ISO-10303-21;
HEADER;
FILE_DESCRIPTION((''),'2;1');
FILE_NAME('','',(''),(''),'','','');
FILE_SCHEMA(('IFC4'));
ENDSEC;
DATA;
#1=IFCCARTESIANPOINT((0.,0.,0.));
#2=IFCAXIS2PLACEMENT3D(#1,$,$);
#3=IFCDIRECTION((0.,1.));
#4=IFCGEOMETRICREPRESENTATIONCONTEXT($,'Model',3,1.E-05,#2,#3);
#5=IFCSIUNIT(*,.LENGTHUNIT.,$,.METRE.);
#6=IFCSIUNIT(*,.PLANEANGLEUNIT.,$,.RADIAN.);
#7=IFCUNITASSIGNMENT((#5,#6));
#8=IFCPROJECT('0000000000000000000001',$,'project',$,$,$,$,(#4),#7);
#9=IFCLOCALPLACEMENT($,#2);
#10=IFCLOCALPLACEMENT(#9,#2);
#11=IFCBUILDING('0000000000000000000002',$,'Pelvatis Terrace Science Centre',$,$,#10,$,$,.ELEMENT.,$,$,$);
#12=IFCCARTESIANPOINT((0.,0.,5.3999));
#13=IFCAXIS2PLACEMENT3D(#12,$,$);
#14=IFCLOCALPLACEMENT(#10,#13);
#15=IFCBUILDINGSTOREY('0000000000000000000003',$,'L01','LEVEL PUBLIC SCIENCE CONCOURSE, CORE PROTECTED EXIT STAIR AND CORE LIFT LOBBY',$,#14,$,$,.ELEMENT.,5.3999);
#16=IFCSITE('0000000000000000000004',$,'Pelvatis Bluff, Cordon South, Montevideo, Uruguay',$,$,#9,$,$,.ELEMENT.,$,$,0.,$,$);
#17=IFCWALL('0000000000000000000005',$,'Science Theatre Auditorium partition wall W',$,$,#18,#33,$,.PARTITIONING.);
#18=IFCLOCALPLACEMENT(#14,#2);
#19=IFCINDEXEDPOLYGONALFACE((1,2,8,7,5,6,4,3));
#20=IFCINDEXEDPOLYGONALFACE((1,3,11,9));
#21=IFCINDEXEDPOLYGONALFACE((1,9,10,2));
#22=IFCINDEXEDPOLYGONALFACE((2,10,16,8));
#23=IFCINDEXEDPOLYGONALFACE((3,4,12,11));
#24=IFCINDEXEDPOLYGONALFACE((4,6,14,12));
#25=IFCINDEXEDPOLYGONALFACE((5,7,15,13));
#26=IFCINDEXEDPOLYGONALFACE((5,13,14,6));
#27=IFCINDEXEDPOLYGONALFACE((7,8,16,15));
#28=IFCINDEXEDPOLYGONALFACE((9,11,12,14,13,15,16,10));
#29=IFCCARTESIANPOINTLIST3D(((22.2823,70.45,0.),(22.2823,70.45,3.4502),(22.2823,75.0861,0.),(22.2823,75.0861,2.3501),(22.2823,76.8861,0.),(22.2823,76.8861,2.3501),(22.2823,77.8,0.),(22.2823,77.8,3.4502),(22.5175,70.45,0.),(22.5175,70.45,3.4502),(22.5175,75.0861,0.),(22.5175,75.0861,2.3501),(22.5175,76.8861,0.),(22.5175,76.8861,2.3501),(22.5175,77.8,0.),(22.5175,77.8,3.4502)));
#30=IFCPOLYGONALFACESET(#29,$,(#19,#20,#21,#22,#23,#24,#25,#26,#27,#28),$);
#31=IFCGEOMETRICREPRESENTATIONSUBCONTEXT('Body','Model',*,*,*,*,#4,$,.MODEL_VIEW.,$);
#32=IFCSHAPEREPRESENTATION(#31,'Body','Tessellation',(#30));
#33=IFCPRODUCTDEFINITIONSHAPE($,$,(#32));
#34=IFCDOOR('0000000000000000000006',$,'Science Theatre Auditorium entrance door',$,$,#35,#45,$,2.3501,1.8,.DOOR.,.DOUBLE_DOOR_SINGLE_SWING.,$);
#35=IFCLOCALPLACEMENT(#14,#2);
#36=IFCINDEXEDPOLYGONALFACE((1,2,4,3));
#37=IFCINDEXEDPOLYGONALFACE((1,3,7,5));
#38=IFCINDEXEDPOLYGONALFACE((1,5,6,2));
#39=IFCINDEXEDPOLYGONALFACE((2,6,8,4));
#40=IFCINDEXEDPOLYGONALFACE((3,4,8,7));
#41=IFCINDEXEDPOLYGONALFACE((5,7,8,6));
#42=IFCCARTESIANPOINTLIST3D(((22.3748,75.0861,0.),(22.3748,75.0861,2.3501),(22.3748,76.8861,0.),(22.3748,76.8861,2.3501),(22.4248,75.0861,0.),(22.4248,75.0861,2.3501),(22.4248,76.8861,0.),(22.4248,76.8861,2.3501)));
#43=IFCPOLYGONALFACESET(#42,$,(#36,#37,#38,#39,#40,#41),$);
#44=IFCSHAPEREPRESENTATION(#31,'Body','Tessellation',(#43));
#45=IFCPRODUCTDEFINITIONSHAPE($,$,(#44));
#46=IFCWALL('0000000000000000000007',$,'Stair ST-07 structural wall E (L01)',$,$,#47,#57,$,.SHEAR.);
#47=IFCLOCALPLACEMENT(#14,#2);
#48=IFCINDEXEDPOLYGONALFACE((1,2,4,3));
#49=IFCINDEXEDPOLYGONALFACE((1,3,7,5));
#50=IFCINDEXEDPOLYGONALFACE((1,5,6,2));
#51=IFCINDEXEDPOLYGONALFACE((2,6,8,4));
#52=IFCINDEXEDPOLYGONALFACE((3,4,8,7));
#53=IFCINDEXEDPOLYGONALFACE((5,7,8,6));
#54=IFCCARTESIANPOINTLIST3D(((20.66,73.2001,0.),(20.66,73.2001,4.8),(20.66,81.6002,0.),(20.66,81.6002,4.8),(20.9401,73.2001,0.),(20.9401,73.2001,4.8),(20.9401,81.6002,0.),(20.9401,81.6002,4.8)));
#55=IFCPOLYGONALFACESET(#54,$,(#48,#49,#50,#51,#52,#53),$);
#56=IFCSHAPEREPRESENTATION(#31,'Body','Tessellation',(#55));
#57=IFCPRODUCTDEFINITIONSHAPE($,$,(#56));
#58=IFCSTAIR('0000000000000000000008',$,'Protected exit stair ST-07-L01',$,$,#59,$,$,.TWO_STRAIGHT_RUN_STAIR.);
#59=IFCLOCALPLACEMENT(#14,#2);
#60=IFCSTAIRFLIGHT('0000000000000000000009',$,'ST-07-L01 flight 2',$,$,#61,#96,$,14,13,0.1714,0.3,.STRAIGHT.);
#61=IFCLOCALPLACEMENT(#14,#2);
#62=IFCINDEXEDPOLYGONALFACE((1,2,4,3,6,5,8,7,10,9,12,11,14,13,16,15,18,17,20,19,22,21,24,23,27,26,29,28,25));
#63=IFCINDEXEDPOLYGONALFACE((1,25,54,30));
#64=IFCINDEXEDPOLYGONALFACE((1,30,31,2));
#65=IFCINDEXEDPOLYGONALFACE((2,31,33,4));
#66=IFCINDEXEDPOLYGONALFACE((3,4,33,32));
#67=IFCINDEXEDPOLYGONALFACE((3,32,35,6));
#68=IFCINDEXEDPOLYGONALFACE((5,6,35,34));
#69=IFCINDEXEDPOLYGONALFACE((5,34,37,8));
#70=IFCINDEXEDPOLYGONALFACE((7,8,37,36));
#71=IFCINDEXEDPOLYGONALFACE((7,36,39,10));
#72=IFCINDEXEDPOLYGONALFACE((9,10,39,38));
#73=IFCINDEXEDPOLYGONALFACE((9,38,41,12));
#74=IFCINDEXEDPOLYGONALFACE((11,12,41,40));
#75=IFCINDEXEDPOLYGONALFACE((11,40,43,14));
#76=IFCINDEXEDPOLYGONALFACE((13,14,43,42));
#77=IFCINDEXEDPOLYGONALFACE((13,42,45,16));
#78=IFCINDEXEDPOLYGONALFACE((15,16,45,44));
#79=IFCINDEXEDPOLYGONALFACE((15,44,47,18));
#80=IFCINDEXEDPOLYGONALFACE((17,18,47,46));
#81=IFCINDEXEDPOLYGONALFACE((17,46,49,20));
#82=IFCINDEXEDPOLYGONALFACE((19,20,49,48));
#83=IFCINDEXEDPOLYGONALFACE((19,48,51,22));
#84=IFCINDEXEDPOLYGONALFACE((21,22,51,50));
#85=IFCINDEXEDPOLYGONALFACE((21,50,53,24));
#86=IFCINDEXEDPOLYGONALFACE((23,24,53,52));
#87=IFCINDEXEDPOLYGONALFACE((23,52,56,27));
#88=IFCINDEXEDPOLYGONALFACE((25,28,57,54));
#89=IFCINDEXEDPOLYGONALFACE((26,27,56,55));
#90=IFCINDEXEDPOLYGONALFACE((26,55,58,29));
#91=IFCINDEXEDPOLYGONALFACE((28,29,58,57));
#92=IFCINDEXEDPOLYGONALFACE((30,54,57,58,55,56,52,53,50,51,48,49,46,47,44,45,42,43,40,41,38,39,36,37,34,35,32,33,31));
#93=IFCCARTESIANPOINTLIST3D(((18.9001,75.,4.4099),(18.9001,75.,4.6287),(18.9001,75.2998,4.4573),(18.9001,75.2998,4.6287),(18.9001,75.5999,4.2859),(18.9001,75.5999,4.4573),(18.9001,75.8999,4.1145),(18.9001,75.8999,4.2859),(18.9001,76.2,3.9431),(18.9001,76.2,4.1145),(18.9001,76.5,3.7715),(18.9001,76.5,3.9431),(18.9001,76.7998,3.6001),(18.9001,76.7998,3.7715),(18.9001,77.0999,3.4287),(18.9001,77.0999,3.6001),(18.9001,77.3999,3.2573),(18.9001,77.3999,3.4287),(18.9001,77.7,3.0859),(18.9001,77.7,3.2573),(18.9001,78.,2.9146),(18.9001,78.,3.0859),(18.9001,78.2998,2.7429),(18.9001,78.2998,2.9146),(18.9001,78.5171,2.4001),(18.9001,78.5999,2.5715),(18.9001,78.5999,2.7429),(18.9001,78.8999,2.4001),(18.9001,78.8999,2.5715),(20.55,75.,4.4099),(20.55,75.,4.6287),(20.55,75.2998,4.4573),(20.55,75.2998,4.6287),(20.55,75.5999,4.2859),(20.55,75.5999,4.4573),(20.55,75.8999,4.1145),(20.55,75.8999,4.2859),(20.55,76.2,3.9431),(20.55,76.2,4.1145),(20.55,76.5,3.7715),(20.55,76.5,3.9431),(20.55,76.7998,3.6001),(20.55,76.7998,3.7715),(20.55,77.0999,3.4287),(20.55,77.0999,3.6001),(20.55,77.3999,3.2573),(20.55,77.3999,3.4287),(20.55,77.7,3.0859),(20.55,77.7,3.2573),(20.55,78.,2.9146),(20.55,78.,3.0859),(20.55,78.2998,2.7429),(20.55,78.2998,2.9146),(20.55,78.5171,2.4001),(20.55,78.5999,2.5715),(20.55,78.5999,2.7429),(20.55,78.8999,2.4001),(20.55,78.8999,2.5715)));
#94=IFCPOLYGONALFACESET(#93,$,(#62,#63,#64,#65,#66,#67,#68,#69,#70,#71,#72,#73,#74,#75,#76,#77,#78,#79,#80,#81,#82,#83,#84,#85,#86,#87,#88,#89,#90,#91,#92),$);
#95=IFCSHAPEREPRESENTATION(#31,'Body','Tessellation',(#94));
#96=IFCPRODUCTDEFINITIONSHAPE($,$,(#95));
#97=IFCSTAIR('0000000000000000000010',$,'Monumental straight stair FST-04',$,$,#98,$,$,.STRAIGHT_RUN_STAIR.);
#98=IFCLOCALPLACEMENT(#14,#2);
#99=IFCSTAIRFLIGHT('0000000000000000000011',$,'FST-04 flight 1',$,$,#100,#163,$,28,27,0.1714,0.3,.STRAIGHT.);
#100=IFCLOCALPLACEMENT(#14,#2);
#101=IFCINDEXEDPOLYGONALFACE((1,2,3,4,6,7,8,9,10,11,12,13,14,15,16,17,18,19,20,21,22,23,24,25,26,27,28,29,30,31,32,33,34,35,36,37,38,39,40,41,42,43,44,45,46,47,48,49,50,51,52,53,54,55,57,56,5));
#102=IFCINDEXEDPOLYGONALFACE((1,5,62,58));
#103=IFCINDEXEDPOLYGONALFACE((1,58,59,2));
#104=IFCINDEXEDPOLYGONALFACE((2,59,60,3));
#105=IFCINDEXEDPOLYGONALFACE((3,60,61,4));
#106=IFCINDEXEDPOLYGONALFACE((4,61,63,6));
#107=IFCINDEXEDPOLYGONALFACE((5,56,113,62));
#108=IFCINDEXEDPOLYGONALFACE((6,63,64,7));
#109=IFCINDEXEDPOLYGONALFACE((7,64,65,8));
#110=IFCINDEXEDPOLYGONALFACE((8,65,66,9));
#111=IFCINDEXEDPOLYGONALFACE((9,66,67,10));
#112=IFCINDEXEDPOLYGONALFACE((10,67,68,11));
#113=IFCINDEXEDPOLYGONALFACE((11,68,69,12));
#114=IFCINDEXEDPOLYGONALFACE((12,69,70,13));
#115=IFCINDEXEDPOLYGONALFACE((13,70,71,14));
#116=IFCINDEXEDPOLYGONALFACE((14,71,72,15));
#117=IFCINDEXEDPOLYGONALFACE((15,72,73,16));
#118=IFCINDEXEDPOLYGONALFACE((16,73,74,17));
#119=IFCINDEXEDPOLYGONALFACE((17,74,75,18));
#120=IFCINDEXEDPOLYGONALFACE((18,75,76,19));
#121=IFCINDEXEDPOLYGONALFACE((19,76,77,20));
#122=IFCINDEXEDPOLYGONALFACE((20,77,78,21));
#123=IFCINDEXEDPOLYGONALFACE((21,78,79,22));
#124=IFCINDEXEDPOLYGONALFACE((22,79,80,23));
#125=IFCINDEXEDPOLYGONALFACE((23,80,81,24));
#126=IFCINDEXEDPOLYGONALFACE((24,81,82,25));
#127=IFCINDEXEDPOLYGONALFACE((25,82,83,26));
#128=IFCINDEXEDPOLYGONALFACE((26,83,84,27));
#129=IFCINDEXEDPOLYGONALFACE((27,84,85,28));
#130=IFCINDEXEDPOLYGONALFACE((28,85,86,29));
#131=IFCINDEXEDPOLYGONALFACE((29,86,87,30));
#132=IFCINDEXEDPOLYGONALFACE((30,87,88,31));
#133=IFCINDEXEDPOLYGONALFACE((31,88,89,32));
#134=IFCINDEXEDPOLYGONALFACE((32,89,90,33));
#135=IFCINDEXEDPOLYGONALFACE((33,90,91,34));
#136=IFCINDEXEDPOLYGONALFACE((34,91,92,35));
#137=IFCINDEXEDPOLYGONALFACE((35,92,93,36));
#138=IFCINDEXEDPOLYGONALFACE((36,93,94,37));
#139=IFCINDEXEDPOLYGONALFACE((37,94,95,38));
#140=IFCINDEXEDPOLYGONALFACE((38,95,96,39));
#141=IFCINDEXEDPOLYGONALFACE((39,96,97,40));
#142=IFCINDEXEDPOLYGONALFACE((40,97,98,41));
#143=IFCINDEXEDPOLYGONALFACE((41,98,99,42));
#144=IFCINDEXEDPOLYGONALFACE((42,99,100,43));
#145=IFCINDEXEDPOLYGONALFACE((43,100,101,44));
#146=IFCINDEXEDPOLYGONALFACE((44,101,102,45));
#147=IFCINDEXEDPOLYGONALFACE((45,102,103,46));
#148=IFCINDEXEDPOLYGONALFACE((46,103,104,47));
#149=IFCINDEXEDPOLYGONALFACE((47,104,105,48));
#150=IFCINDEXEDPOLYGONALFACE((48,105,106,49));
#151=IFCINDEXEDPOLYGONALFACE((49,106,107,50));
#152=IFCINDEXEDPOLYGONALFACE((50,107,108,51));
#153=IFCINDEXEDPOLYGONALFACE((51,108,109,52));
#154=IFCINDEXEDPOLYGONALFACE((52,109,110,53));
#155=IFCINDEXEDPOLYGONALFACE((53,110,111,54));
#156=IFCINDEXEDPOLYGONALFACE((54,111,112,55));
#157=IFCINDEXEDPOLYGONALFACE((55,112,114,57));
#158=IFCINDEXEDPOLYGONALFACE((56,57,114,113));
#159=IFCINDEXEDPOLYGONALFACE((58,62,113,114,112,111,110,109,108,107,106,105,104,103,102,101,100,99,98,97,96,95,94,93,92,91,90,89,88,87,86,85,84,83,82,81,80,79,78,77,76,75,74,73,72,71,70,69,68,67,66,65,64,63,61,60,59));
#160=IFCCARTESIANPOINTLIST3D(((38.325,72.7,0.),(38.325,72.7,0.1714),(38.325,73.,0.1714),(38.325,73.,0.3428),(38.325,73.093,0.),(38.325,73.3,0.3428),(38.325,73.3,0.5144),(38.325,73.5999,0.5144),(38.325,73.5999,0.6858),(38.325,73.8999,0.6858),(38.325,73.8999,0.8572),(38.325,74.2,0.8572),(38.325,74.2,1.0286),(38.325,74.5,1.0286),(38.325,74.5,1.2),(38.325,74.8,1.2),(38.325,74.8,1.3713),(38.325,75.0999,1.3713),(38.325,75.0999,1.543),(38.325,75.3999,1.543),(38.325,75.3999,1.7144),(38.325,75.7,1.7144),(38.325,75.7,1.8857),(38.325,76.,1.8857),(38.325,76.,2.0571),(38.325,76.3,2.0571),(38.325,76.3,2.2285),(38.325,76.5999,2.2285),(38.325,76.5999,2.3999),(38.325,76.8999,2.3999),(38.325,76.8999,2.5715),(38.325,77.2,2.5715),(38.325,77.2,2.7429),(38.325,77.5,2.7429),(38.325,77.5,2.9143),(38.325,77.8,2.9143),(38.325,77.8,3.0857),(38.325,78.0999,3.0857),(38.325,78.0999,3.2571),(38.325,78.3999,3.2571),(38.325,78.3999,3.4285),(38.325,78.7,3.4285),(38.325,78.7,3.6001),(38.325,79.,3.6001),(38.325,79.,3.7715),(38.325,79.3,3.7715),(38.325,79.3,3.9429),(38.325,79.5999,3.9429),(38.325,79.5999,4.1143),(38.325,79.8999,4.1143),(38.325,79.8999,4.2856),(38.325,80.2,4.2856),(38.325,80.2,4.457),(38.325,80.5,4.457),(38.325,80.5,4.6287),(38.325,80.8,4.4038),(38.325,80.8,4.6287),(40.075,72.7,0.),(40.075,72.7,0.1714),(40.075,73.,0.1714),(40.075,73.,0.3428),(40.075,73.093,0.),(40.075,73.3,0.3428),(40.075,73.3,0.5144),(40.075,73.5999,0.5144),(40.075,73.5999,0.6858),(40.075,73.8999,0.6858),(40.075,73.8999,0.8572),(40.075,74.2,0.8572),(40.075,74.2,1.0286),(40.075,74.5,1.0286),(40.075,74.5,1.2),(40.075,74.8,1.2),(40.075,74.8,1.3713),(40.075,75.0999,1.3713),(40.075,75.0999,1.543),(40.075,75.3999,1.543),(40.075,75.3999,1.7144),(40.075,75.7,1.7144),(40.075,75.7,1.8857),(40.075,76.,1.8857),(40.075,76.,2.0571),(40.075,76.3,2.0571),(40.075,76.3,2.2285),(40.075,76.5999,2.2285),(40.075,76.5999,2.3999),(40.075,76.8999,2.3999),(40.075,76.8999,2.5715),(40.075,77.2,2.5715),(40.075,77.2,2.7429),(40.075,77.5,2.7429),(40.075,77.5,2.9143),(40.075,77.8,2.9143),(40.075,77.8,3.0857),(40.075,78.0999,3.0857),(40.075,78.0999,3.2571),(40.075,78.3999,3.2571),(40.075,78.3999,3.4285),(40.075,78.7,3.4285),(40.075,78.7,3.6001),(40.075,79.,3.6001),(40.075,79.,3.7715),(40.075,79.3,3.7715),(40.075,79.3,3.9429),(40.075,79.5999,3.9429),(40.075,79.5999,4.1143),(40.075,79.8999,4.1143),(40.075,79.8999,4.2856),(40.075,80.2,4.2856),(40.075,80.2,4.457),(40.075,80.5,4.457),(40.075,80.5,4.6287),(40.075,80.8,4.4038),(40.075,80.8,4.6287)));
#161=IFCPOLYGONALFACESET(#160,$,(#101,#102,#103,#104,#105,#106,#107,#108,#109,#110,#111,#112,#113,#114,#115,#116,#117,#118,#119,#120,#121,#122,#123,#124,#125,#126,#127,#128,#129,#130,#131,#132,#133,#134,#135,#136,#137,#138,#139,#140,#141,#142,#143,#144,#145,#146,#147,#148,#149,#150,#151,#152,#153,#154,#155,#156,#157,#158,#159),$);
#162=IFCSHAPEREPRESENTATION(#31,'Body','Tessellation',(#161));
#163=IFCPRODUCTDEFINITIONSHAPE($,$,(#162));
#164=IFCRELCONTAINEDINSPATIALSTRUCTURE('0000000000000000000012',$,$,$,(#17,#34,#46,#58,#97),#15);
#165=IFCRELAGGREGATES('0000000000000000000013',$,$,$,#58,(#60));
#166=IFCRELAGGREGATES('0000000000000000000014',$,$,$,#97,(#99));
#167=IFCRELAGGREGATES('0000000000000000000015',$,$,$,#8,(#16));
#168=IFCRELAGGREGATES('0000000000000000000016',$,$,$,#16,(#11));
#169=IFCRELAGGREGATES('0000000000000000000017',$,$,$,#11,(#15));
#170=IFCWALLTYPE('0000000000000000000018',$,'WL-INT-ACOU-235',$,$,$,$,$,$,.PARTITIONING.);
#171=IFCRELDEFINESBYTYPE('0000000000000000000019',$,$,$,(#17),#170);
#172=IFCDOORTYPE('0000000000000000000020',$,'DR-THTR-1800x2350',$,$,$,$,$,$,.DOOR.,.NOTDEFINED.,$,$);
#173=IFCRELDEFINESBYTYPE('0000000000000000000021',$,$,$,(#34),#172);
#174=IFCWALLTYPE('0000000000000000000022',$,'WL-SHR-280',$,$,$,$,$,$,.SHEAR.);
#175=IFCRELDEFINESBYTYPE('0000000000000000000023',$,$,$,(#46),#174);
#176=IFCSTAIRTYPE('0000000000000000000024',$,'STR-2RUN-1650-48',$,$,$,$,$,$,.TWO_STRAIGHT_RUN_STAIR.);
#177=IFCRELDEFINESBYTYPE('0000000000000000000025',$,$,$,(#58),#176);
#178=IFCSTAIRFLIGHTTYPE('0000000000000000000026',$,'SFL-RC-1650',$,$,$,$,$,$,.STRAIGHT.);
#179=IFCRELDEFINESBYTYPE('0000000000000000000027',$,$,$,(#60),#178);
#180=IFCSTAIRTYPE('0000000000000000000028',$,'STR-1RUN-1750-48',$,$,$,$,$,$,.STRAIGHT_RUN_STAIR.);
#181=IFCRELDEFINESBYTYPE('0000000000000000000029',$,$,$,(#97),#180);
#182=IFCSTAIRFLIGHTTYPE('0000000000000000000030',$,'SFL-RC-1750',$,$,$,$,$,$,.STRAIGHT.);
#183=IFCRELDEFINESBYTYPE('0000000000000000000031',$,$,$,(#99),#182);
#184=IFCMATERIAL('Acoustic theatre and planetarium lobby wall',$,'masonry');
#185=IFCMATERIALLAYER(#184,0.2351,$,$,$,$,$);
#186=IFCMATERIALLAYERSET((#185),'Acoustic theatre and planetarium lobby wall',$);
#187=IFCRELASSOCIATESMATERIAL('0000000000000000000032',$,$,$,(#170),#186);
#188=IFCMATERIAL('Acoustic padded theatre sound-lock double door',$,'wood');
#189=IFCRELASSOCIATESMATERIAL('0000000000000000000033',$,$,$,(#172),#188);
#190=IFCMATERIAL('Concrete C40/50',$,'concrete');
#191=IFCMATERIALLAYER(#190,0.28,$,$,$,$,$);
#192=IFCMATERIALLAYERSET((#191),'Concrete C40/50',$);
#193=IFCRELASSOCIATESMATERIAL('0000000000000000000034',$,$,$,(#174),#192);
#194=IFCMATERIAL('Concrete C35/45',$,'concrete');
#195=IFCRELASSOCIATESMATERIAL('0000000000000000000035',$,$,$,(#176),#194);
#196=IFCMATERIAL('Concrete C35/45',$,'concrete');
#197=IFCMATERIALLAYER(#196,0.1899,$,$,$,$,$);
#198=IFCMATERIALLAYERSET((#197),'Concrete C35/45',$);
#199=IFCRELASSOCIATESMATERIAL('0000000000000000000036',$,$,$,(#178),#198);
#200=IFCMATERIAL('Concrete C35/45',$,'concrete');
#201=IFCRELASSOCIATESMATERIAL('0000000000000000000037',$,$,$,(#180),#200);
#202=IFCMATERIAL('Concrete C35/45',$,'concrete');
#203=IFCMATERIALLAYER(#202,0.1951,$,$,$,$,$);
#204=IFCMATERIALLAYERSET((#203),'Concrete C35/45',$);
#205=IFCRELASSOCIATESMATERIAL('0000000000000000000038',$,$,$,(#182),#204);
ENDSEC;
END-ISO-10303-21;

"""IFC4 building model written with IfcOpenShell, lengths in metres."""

from ifc_helpers import new_model, si_unit, direction, frame, frame_2d, origin, place, context, subcontext, project, spatial, polyline, rectangle, outline, extrude, material, layer, layer_set, type_object, element, fill, aggregate, save


model = new_model("IFC4")

# Units and contexts
model_context = context("Model", 3, precision=1e-05, world=origin(), true_north=direction((0.0, 1.0)))
body_context = subcontext(model_context, "Body", "Model", "MODEL_VIEW")
ifc_project = project(units=[si_unit("LENGTHUNIT", "METRE"), si_unit("PLANEANGLEUNIT", "RADIAN")], contexts=[model_context])

# Site, building, storey
site_placement = place(None, origin())
site = spatial("IfcSite", under=ifc_project, at=site_placement, Name="Pelvatis Bluff, Cordon South, Montevideo, Uruguay", CompositionType="ELEMENT", RefElevation=0.0)
building_placement = place(site_placement, origin())
building = spatial("IfcBuilding", under=site, at=building_placement, Name="Pelvatis Terrace Science Centre", CompositionType="ELEMENT")
storey_placement = place(building_placement, frame((0.0, 0.0, 5.3999)))
storey = spatial("IfcBuildingStorey", under=building, at=storey_placement, Name="L01", Description="LEVEL PUBLIC SCIENCE CONCOURSE, CORE PROTECTED EXIT STAIR AND CORE LIFT LOBBY", CompositionType="ELEMENT", Elevation=5.3999)

# Shared definitions
ifc_material_1 = material(Name="Acoustic theatre and planetarium lobby wall", Category="masonry")
ifc_layer_1 = layer(ifc_material_1, 0.2351)
ifc_layer_set_1 = layer_set([ifc_layer_1], Name="Acoustic theatre and planetarium lobby wall")
wall_type_1 = type_object("IfcWallType", Name="WL-INT-ACOU-235", PredefinedType="PARTITIONING", material=ifc_layer_set_1)

# Wall, opening, door
wall_1_placement = place(storey_placement, frame((22.3999, 77.8, 0.0), z_axis=(0.0, 0.0, 1.0), x_axis=(0.0, -1.0, 0.0)))
wall_1 = element("IfcWall", 1, at=wall_1_placement, inside=storey, type_object=wall_type_1, Name="Science Theatre Auditorium partition wall W", PredefinedType="PARTITIONING", context=body_context, shape_type="SweptSolid", body=[
    extrude(rectangle(XDim=7.3501, YDim=0.2351, at=frame_2d((3.675, 0.0))), origin(), (0.0, 0.0, 1.0), 3.4502),
])
opening_placement = place(wall_1_placement, frame((0.9141, 0.0, 0.0)))
opening = element("IfcOpeningElement", 2, at=opening_placement, cuts=wall_1, PredefinedType="OPENING", context=body_context, shape_type="SweptSolid", body=[
    extrude(rectangle(XDim=1.8, YDim=2.3501, at=frame_2d((0.8999, 1.175))), frame((0.0, 0.1274, 0.0), z_axis=(0.0, -1.0, 0.0), x_axis=(1.0, 0.0, 0.0)), (0.0, 0.0, 1.0), 0.2551),
])
ifc_material_2 = material(Name="Acoustic padded theatre sound-lock double door", Category="wood")
door_type = type_object("IfcDoorType", Name="DR-THTR-1800x2350", OperationType="NOTDEFINED", PredefinedType="DOOR", material=ifc_material_2)
door_placement = place(opening_placement, origin())
door = element("IfcDoor", 3, at=door_placement, inside=storey, type_object=door_type, Name="Science Theatre Auditorium entrance door", OperationType="DOUBLE_DOOR_SINGLE_SWING", OverallHeight=2.3501, OverallWidth=1.8, PredefinedType="DOOR", context=body_context, shape_type="SweptSolid", body=[
    extrude(rectangle(XDim=1.8, YDim=2.3501, at=frame_2d((0.8999, 1.175))), frame((0.0, 0.0249, 0.0), z_axis=(0.0, -1.0, 0.0), x_axis=(1.0, 0.0, 0.0)), (0.0, 0.0, 1.0), 0.05),
])
fill(opening, door)

# Wall
ifc_material_3 = material(Name="Concrete C40/50", Category="concrete")
ifc_layer_2 = layer(ifc_material_3, 0.28)
ifc_layer_set_2 = layer_set([ifc_layer_2], Name="Concrete C40/50")
wall_type_2 = type_object("IfcWallType", Name="WL-SHR-280", PredefinedType="SHEAR", material=ifc_layer_set_2)
wall_2_placement = place(storey_placement, frame((20.8, 73.2, 0.0), z_axis=(0.0, 0.0, 1.0), x_axis=(0.0, 1.0, 0.0)))
element("IfcWall", 4, at=wall_2_placement, inside=storey, type_object=wall_type_2, Name="Stair ST-07 structural wall E (L01)", PredefinedType="SHEAR", context=body_context, shape_type="SweptSolid", body=[
    extrude(rectangle(XDim=8.4001, YDim=0.28, at=frame_2d((4.2002, 0.0))), origin(), (0.0, 0.0, 1.0), 4.8),
])

# Stairs, stair flights
ifc_material_4 = material(Name="Concrete C35/45", Category="concrete")
stair_type_1 = type_object("IfcStairType", Name="STR-2RUN-1650-48", PredefinedType="TWO_STRAIGHT_RUN_STAIR", material=ifc_material_4)
stair_1_placement = place(storey_placement, origin())
stair_1 = element("IfcStair", 5, at=stair_1_placement, inside=storey, type_object=stair_type_1, Name="Protected exit stair ST-07-L01", PredefinedType="TWO_STRAIGHT_RUN_STAIR")
ifc_material_5 = material(Name="Concrete C35/45", Category="concrete")
ifc_layer_3 = layer(ifc_material_5, 0.1899)
ifc_layer_set_3 = layer_set([ifc_layer_3], Name="Concrete C35/45")
stair_flight_type_1 = type_object("IfcStairFlightType", Name="SFL-RC-1650", PredefinedType="STRAIGHT", material=ifc_layer_set_3)
stair_flight_1_placement = place(storey_placement, frame((19.7251, 78.8999, 2.4001), z_axis=(0.0, 0.0, 1.0), x_axis=(0.0, -1.0, 0.0)))
stair_flight_1 = element("IfcStairFlight", 6, at=stair_flight_1_placement, type_object=stair_flight_type_1, Name="ST-07-L01 flight 2", NumberOfRisers=14, NumberOfTreads=13, PredefinedType="STRAIGHT", RiserHeight=0.1714, TreadLength=0.3, context=body_context, shape_type="SweptSolid", body=[
    extrude(outline(polyline([(0.0, 0.0), (0.0, 0.1714), (0.3, 0.1714), (0.3, 0.3428), (0.6001, 0.3428), (0.6001, 0.5144), (0.8999, 0.5144), (0.8999, 0.6858), (1.2, 0.6858), (1.2, 0.8572), (1.5, 0.8572), (1.5, 1.0286), (1.8, 1.0286), (1.8, 1.2), (2.1001, 1.2), (2.1001, 1.3713), (2.3999, 1.3713), (2.3999, 1.543), (2.7, 1.543), (2.7, 1.7144), (3.0, 1.7144), (3.0, 1.8857), (3.3, 1.8857), (3.3, 2.0571), (3.6001, 2.0571), (3.6001, 2.2285), (3.8999, 2.2285), (3.8999, 2.3999), (3.8999, 2.0098), (0.3828, 0.0), (0.0, 0.0)])), frame((0.0, 0.825, 0.0), z_axis=(0.0, -1.0, 0.0), x_axis=(1.0, 0.0, 0.0)), (0.0, 0.0, 1.0), 1.6499),
])
aggregate(stair_1, [stair_flight_1])
ifc_material_6 = material(Name="Concrete C35/45", Category="concrete")
stair_type_2 = type_object("IfcStairType", Name="STR-1RUN-1750-48", PredefinedType="STRAIGHT_RUN_STAIR", material=ifc_material_6)
stair_2_placement = place(storey_placement, origin())
stair_2 = element("IfcStair", 7, at=stair_2_placement, inside=storey, type_object=stair_type_2, Name="Monumental straight stair FST-04", PredefinedType="STRAIGHT_RUN_STAIR")
ifc_material_7 = material(Name="Concrete C35/45", Category="concrete")
ifc_layer_4 = layer(ifc_material_7, 0.1951)
ifc_layer_set_4 = layer_set([ifc_layer_4], Name="Concrete C35/45")
stair_flight_type_2 = type_object("IfcStairFlightType", Name="SFL-RC-1750", PredefinedType="STRAIGHT", material=ifc_layer_set_4)
stair_flight_2_placement = place(storey_placement, frame((39.2, 72.7, 0.0), z_axis=(0.0, 0.0, 1.0), x_axis=(0.0, 1.0, 0.0)))
stair_flight_2 = element("IfcStairFlight", 8, at=stair_flight_2_placement, type_object=stair_flight_type_2, Name="FST-04 flight 1", NumberOfRisers=28, NumberOfTreads=27, PredefinedType="STRAIGHT", RiserHeight=0.1714, TreadLength=0.3, context=body_context, shape_type="SweptSolid", body=[
    extrude(outline(polyline([(0.0, 0.0), (0.0, 0.1714), (0.3, 0.1714), (0.3, 0.3428), (0.6001, 0.3428), (0.6001, 0.5144), (0.8999, 0.5144), (0.8999, 0.6858), (1.2, 0.6858), (1.2, 0.8572), (1.5, 0.8572), (1.5, 1.0286), (1.8, 1.0286), (1.8, 1.2), (2.1001, 1.2), (2.1001, 1.3713), (2.3999, 1.3713), (2.3999, 1.543), (2.7, 1.543), (2.7, 1.7144), (3.0, 1.7144), (3.0, 1.8857), (3.3, 1.8857), (3.3, 2.0571), (3.6001, 2.0571), (3.6001, 2.2285), (3.8999, 2.2285), (3.8999, 2.3999), (4.2, 2.3999), (4.2, 2.5715), (4.5, 2.5715), (4.5, 2.7429), (4.8, 2.7429), (4.8, 2.9143), (5.1001, 2.9143), (5.1001, 3.0857), (5.3999, 3.0857), (5.3999, 3.2571), (5.7, 3.2571), (5.7, 3.4285), (6.0, 3.4285), (6.0, 3.6001), (6.3, 3.6001), (6.3, 3.7715), (6.6001, 3.7715), (6.6001, 3.9429), (6.8999, 3.9429), (6.8999, 4.1143), (7.2, 4.1143), (7.2, 4.2856), (7.5, 4.2856), (7.5, 4.457), (7.8, 4.457), (7.8, 4.6287), (8.1001, 4.6287), (8.1001, 4.8), (8.1001, 4.4038), (0.3931, 0.0), (0.0, 0.0)])), frame((0.0, 0.875, 0.0), z_axis=(0.0, -1.0, 0.0), x_axis=(1.0, 0.0, 0.0)), (0.0, 0.0, 1.0), 1.75),
])
aggregate(stair_2, [stair_flight_2])

save(model, "model.ifc")
